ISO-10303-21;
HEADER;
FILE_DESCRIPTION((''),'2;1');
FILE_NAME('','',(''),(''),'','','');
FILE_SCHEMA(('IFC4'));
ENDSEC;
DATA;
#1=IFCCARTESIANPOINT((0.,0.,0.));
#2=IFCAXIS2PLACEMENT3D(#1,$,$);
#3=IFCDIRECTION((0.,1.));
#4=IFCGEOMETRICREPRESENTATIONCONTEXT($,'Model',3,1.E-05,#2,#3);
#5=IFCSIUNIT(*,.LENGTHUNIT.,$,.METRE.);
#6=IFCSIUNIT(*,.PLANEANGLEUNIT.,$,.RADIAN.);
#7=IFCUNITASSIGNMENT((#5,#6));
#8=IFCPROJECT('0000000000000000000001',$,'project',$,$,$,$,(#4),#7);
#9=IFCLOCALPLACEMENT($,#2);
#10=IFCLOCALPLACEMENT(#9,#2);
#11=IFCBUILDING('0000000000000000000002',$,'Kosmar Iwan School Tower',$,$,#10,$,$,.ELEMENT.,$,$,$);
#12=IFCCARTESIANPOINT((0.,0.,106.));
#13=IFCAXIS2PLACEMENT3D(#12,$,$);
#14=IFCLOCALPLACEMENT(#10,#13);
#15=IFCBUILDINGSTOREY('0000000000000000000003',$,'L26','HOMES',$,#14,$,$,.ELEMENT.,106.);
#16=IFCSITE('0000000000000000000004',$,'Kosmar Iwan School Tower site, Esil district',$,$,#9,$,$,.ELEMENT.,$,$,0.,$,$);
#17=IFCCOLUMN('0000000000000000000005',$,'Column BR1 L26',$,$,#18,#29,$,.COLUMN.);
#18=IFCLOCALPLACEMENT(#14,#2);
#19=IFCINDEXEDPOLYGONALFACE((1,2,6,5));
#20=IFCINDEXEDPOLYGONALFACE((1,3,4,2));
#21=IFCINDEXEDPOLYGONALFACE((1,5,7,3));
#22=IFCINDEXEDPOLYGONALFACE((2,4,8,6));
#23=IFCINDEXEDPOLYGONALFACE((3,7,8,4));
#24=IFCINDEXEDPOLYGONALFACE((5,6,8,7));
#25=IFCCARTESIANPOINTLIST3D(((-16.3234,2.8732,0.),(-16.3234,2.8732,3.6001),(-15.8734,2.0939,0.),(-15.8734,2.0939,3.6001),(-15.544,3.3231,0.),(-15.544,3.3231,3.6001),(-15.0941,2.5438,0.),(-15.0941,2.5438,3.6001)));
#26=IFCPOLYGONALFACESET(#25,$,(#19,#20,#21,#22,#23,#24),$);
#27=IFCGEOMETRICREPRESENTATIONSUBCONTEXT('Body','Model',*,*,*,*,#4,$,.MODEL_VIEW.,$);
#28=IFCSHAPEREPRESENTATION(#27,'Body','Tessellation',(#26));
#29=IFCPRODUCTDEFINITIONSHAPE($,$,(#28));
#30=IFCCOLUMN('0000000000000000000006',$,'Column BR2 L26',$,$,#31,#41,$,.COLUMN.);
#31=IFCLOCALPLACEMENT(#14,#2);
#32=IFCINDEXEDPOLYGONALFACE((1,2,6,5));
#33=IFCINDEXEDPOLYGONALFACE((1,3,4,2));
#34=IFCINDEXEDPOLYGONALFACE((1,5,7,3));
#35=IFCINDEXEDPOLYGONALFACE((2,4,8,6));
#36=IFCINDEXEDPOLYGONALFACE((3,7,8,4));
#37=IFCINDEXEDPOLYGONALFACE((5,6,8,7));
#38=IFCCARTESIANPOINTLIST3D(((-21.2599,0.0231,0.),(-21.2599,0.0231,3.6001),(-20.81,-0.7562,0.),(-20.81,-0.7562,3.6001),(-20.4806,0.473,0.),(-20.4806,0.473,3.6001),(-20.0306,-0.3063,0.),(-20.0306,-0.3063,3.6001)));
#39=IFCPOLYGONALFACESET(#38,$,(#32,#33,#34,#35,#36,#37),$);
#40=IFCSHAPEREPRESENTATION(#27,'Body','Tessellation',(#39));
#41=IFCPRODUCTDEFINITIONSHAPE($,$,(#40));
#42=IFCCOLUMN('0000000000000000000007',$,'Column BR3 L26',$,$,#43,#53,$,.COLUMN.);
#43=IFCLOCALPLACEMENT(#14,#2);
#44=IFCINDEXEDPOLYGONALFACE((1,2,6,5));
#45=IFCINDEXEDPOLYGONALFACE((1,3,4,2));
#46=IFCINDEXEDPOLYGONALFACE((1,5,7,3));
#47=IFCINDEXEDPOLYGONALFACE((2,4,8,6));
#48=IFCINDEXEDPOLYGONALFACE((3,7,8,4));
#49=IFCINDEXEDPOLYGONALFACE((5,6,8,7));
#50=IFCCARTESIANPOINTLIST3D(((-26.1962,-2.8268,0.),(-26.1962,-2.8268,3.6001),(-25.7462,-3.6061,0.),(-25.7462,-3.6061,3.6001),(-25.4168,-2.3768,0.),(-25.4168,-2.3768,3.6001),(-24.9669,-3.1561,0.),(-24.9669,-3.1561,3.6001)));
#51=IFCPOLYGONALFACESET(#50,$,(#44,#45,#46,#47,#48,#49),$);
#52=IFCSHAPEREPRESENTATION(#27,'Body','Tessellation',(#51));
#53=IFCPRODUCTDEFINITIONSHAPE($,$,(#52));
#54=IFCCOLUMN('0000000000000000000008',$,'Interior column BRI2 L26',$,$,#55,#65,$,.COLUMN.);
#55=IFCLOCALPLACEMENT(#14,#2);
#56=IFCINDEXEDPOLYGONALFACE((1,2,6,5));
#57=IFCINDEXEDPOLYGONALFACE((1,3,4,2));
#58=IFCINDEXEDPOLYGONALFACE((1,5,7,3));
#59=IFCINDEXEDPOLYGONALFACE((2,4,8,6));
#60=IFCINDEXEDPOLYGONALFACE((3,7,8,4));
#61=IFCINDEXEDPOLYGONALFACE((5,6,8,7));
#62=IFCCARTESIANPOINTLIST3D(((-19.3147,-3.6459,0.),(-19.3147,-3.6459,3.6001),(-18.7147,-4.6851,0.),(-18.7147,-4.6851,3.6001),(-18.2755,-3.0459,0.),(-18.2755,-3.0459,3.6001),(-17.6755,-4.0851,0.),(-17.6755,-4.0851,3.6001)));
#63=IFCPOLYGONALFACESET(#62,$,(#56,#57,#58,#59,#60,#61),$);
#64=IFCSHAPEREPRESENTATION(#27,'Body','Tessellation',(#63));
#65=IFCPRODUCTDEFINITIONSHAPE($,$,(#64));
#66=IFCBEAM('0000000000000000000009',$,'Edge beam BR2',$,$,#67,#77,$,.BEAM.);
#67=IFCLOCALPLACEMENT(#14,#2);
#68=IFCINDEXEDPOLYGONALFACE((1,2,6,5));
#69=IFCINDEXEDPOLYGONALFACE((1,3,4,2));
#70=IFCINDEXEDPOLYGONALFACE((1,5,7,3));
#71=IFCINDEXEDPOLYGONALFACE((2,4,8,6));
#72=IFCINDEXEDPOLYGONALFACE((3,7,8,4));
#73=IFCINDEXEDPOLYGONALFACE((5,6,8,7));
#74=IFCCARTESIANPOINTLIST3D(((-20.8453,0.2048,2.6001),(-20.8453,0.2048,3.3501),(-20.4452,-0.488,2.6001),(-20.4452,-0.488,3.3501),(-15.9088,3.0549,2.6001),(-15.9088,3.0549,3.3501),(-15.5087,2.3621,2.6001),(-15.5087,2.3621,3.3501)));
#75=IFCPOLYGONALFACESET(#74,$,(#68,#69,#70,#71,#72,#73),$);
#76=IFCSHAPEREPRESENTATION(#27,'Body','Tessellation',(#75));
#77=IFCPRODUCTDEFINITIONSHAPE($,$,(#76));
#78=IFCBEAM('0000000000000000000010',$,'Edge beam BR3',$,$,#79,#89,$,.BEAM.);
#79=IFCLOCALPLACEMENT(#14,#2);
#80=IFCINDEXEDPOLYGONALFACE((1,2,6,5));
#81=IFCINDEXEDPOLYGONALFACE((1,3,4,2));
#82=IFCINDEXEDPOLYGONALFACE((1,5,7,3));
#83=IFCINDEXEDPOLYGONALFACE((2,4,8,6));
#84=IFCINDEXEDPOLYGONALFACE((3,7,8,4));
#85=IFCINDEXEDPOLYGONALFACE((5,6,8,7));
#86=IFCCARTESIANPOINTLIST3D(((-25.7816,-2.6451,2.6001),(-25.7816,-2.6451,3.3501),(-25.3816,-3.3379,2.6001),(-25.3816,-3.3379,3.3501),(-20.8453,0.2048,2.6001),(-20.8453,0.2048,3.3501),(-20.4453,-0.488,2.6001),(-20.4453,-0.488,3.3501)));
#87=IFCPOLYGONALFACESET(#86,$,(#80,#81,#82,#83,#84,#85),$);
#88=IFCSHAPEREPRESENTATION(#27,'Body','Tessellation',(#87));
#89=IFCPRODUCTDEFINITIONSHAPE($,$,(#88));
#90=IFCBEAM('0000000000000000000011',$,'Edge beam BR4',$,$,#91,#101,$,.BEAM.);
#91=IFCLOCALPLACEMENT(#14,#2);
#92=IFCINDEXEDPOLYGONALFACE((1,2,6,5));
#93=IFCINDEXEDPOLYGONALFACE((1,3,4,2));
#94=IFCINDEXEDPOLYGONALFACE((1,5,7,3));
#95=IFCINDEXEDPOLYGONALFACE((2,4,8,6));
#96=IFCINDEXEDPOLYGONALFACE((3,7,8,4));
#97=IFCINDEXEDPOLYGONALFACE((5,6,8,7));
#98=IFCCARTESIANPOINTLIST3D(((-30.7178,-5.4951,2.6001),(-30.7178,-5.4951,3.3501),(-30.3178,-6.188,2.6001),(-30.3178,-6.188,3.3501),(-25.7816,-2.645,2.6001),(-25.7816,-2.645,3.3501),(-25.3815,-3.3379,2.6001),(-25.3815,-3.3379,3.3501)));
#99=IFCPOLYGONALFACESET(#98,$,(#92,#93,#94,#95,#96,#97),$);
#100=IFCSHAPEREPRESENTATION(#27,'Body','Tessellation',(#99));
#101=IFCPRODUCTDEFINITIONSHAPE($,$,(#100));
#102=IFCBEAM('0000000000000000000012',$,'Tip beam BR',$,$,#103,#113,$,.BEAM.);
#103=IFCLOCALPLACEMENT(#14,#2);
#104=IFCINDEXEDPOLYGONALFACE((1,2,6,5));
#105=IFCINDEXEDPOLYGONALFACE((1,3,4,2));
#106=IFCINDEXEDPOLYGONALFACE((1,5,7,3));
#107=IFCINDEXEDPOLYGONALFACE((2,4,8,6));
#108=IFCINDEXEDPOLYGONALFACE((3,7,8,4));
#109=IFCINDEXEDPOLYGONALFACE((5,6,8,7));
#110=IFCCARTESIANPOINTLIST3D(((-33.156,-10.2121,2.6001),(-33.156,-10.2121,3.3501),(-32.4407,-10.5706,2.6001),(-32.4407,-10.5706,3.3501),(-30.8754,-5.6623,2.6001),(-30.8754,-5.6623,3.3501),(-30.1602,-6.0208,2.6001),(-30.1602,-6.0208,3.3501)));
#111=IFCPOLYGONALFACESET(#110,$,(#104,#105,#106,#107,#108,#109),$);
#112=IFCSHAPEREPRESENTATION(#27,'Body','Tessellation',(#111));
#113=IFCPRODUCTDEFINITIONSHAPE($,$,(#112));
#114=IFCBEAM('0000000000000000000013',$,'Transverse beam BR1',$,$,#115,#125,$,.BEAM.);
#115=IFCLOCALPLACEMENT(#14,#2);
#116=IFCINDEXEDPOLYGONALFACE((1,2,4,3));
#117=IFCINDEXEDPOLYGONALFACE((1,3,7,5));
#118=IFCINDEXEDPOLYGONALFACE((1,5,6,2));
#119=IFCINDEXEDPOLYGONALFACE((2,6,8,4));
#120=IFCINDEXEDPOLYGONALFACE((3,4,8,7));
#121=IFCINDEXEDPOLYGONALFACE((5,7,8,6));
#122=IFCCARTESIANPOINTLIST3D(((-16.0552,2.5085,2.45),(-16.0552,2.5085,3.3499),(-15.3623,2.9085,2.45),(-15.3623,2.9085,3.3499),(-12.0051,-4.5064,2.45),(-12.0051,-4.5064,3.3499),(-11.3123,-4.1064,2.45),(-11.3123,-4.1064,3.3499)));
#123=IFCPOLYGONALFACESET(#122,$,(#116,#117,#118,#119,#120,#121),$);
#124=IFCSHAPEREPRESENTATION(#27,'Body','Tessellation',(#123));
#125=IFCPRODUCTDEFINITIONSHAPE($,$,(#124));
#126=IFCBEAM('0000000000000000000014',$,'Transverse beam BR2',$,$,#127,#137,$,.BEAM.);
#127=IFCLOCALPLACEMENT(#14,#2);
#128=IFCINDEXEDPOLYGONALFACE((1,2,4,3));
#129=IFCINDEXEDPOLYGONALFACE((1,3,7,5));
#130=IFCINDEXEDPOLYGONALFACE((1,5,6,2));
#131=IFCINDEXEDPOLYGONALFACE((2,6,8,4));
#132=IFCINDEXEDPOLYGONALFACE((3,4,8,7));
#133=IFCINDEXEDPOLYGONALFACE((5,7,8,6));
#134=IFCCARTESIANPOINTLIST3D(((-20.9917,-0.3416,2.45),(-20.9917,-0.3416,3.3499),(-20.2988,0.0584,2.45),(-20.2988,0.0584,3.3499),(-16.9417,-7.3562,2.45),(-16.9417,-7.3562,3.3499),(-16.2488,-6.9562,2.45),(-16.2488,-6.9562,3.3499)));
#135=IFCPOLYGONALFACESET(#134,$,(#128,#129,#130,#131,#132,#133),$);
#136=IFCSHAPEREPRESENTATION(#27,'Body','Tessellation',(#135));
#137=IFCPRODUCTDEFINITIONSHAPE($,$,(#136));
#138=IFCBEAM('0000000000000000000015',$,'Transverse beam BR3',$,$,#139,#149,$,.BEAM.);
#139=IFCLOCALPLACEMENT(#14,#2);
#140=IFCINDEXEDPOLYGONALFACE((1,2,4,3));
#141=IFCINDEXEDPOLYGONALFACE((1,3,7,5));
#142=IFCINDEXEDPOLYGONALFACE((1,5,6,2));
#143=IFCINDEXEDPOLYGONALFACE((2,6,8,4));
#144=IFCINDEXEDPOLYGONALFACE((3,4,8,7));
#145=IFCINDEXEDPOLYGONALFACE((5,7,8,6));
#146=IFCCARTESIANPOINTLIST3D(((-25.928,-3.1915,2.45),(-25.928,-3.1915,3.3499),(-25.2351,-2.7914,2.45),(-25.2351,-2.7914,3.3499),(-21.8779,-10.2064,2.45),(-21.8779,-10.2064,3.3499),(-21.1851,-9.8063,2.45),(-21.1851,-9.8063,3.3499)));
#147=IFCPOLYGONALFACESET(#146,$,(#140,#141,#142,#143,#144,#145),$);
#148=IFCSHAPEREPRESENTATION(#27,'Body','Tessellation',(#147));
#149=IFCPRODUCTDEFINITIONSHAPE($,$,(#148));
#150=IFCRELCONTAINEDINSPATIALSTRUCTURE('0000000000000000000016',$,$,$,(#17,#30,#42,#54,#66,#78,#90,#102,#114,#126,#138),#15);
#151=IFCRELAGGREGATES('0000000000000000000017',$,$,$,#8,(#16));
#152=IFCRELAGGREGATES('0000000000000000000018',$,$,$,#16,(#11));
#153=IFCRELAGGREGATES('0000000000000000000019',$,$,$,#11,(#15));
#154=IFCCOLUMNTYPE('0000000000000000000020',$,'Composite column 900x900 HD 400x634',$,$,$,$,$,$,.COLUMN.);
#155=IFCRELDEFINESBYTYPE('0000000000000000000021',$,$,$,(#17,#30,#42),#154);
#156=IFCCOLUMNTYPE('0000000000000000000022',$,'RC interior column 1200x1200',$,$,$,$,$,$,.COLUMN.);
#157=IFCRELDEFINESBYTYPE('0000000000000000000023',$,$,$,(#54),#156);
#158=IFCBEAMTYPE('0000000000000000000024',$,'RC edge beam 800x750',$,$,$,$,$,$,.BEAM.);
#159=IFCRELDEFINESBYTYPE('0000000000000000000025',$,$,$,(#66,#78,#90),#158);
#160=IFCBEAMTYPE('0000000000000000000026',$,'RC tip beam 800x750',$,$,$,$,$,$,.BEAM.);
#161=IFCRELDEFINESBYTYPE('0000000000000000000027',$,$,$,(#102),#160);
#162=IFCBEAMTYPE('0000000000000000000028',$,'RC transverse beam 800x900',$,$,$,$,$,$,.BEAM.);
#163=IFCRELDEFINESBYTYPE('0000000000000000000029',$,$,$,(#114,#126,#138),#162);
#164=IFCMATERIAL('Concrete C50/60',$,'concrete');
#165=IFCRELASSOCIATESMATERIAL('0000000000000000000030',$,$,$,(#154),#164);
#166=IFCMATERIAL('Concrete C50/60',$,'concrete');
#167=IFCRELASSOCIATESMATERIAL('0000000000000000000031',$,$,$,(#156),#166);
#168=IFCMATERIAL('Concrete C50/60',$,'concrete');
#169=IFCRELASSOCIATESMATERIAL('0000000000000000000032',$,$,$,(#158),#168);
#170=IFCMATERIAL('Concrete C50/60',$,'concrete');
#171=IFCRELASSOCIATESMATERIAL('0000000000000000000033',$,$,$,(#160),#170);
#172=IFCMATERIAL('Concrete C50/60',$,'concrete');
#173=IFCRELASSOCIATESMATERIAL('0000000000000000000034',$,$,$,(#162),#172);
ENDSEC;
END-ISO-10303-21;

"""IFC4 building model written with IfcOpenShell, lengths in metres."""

from ifc_helpers import new_model, si_unit, direction, frame, origin, origin_2d, place, context, subcontext, project, spatial, rectangle, extrude, material, material_profile, profile_set, type_object, element, save


model = new_model("IFC4")

# Units and contexts
model_context = context("Model", 3, precision=1e-05, world=origin(), true_north=direction((0.0, 1.0)))
body_context = subcontext(model_context, "Body", "Model", "MODEL_VIEW")
ifc_project = project(units=[si_unit("LENGTHUNIT", "METRE"), si_unit("PLANEANGLEUNIT", "RADIAN")], contexts=[model_context])

# Site, building, storey
site_placement = place(None, origin())
site = spatial("IfcSite", under=ifc_project, at=site_placement, Name="Kosmar Iwan School Tower site, Esil district", CompositionType="ELEMENT", RefElevation=0.0)
building_placement = place(site_placement, origin())
building = spatial("IfcBuilding", under=site, at=building_placement, Name="Kosmar Iwan School Tower", CompositionType="ELEMENT")
storey_placement = place(building_placement, frame((0.0, 0.0, 106.0)))
storey = spatial("IfcBuildingStorey", under=building, at=storey_placement, Name="L26", Description="HOMES", CompositionType="ELEMENT", Elevation=106.0)

# Columns
ifc_material_1 = material(Name="Concrete C50/60", Category="concrete")
ifc_material_profile_1 = material_profile(ifc_material_1, rectangle(XDim=0.8999, YDim=0.8999, at=origin_2d()), Name="RC 900x900 + HD 400x634")
ifc_profile_set_1 = profile_set([ifc_material_profile_1], Name="Concrete C50/60")
column_type_1 = type_object("IfcColumnType", Name="Composite column 900x900 HD 400x634", PredefinedType="COLUMN", material=ifc_profile_set_1)
for number, where, z_axis, x_axis, name in (
    (1, (-15.7087, 2.7085, 0.0), (0.0, 0.0, 1.0), (-0.866025, -0.5, 0.0), "Column BR1 L26"),
    (2, (-20.6453, -0.1416, 0.0), (0.0, 0.0, 1.0), (-0.866025, -0.5, 0.0), "Column BR2 L26"),
    (3, (-25.5815, -2.9915, 0.0), (0.0, 0.0, 1.0), (-0.866025, -0.5, 0.0), "Column BR3 L26"),
):
    element("IfcColumn", number, at=place(storey_placement, frame(where, z_axis=z_axis, x_axis=x_axis)), inside=storey, type_object=column_type_1, Name=name, PredefinedType="COLUMN", context=body_context, shape_type="SweptSolid", body=[
        extrude(rectangle(XDim=0.8999, YDim=0.8999, at=origin_2d()), origin(), (0.0, 0.0, 1.0), 3.6001),
    ])
ifc_material_2 = material(Name="Concrete C50/60", Category="concrete")
ifc_material_profile_2 = material_profile(ifc_material_2, rectangle(XDim=1.2, YDim=1.2, at=origin_2d()), Name="RC 1200x1200")
ifc_profile_set_2 = profile_set([ifc_material_profile_2], Name="Concrete C50/60")
column_type_2 = type_object("IfcColumnType", Name="RC interior column 1200x1200", PredefinedType="COLUMN", material=ifc_profile_set_2)
column_placement = place(storey_placement, frame((-18.4951, -3.8655, 0.0), z_axis=(0.0, 0.0, 1.0), x_axis=(-0.866025, -0.5, 0.0)))
element("IfcColumn", 4, at=column_placement, inside=storey, type_object=column_type_2, Name="Interior column BRI2 L26", PredefinedType="COLUMN", context=body_context, shape_type="SweptSolid", body=[
    extrude(rectangle(XDim=1.2, YDim=1.2, at=origin_2d()), origin(), (0.0, 0.0, 1.0), 3.6001),
])

# Beams
ifc_material_3 = material(Name="Concrete C50/60", Category="concrete")
ifc_material_profile_3 = material_profile(ifc_material_3, rectangle(XDim=0.8, YDim=0.75, at=origin_2d()), Name="RC 800x750")
ifc_profile_set_3 = profile_set([ifc_material_profile_3], Name="Concrete C50/60")
beam_type_1 = type_object("IfcBeamType", Name="RC edge beam 800x750", PredefinedType="BEAM", material=ifc_profile_set_3)
beam_1_placement = place(storey_placement, frame((-15.7087, 2.7085, 2.9751), z_axis=(-0.866026, -0.499999, 0.0), x_axis=(0.499999, -0.866026, 0.0)))
element("IfcBeam", 5, at=beam_1_placement, inside=storey, type_object=beam_type_1, Name="Edge beam BR2", PredefinedType="BEAM", context=body_context, shape_type="SweptSolid", body=[
    extrude(rectangle(XDim=0.8, YDim=0.75, at=origin_2d()), origin(), (0.0, 0.0, 1.0), 5.7002),
])
for number, where, z_axis, x_axis, name in (
    (6, (-20.6453, -0.1416, 2.9751), (-0.866034, -0.499986, 0.0), (0.499986, -0.866034, 0.0), "Edge beam BR3"),
    (7, (-25.5815, -2.9915, 2.9751), (-0.866015, -0.500018, 0.0), (0.500018, -0.866015, 0.0), "Edge beam BR4"),
):
    element("IfcBeam", number, at=place(storey_placement, frame(where, z_axis=z_axis, x_axis=x_axis)), inside=storey, type_object=beam_type_1, Name=name, PredefinedType="BEAM", context=body_context, shape_type="SweptSolid", body=[
        extrude(rectangle(XDim=0.8, YDim=0.75, at=origin_2d()), origin(), (0.0, 0.0, 1.0), 5.7),
    ])
ifc_material_4 = material(Name="Concrete C50/60", Category="concrete")
ifc_material_profile_4 = material_profile(ifc_material_4, rectangle(XDim=0.8, YDim=0.75, at=origin_2d()), Name="RC 800x750")
ifc_profile_set_4 = profile_set([ifc_material_profile_4], Name="Concrete C50/60")
beam_type_2 = type_object("IfcBeamType", Name="RC tip beam 800x750", PredefinedType="BEAM", material=ifc_profile_set_4)
beam_2_placement = place(storey_placement, frame((-30.5178, -5.8416, 2.9751), z_axis=(-0.448096, -0.893985, 0.0), x_axis=(0.893985, -0.448096, 0.0)))
element("IfcBeam", 8, at=beam_2_placement, inside=storey, type_object=beam_type_2, Name="Tip beam BR", PredefinedType="BEAM", context=body_context, shape_type="SweptSolid", body=[
    extrude(rectangle(XDim=0.8, YDim=0.75, at=origin_2d()), origin(), (0.0, 0.0, 1.0), 5.0894),
])
ifc_material_5 = material(Name="Concrete C50/60", Category="concrete")
ifc_material_profile_5 = material_profile(ifc_material_5, rectangle(XDim=0.8, YDim=0.8999, at=origin_2d()), Name="RC 800x900")
ifc_profile_set_5 = profile_set([ifc_material_profile_5], Name="Concrete C50/60")
beam_type_3 = type_object("IfcBeamType", Name="RC transverse beam 800x900", PredefinedType="BEAM", material=ifc_profile_set_5)
beam_3_placement = place(storey_placement, frame((-15.7087, 2.7085, 2.8999), z_axis=(0.5, -0.866025, 0.0), x_axis=(0.866025, 0.5, 0.0)))
element("IfcBeam", 9, at=beam_3_placement, inside=storey, type_object=beam_type_3, Name="Transverse beam BR1", PredefinedType="BEAM", context=body_context, shape_type="SweptSolid", body=[
    extrude(rectangle(XDim=0.8, YDim=0.8999, at=origin_2d()), origin(), (0.0, 0.0, 1.0), 8.1001),
])
beam_4_placement = place(storey_placement, frame((-20.6453, -0.1416, 2.8999), z_axis=(0.500013, -0.866018, 0.0), x_axis=(0.866018, 0.500013, 0.0)))
element("IfcBeam", 10, at=beam_4_placement, inside=storey, type_object=beam_type_3, Name="Transverse beam BR2", PredefinedType="BEAM", context=body_context, shape_type="SweptSolid", body=[
    extrude(rectangle(XDim=0.8, YDim=0.8999, at=origin_2d()), origin(), (0.0, 0.0, 1.0), 8.0999),
])
beam_5_placement = place(storey_placement, frame((-25.5815, -2.9915, 2.8999), z_axis=(0.5, -0.866025, 0.0), x_axis=(0.866025, 0.5, 0.0)))
element("IfcBeam", 11, at=beam_5_placement, inside=storey, type_object=beam_type_3, Name="Transverse beam BR3", PredefinedType="BEAM", context=body_context, shape_type="SweptSolid", body=[
    extrude(rectangle(XDim=0.8, YDim=0.8999, at=origin_2d()), origin(), (0.0, 0.0, 1.0), 8.1001),
])

save(model, "model.ifc")
